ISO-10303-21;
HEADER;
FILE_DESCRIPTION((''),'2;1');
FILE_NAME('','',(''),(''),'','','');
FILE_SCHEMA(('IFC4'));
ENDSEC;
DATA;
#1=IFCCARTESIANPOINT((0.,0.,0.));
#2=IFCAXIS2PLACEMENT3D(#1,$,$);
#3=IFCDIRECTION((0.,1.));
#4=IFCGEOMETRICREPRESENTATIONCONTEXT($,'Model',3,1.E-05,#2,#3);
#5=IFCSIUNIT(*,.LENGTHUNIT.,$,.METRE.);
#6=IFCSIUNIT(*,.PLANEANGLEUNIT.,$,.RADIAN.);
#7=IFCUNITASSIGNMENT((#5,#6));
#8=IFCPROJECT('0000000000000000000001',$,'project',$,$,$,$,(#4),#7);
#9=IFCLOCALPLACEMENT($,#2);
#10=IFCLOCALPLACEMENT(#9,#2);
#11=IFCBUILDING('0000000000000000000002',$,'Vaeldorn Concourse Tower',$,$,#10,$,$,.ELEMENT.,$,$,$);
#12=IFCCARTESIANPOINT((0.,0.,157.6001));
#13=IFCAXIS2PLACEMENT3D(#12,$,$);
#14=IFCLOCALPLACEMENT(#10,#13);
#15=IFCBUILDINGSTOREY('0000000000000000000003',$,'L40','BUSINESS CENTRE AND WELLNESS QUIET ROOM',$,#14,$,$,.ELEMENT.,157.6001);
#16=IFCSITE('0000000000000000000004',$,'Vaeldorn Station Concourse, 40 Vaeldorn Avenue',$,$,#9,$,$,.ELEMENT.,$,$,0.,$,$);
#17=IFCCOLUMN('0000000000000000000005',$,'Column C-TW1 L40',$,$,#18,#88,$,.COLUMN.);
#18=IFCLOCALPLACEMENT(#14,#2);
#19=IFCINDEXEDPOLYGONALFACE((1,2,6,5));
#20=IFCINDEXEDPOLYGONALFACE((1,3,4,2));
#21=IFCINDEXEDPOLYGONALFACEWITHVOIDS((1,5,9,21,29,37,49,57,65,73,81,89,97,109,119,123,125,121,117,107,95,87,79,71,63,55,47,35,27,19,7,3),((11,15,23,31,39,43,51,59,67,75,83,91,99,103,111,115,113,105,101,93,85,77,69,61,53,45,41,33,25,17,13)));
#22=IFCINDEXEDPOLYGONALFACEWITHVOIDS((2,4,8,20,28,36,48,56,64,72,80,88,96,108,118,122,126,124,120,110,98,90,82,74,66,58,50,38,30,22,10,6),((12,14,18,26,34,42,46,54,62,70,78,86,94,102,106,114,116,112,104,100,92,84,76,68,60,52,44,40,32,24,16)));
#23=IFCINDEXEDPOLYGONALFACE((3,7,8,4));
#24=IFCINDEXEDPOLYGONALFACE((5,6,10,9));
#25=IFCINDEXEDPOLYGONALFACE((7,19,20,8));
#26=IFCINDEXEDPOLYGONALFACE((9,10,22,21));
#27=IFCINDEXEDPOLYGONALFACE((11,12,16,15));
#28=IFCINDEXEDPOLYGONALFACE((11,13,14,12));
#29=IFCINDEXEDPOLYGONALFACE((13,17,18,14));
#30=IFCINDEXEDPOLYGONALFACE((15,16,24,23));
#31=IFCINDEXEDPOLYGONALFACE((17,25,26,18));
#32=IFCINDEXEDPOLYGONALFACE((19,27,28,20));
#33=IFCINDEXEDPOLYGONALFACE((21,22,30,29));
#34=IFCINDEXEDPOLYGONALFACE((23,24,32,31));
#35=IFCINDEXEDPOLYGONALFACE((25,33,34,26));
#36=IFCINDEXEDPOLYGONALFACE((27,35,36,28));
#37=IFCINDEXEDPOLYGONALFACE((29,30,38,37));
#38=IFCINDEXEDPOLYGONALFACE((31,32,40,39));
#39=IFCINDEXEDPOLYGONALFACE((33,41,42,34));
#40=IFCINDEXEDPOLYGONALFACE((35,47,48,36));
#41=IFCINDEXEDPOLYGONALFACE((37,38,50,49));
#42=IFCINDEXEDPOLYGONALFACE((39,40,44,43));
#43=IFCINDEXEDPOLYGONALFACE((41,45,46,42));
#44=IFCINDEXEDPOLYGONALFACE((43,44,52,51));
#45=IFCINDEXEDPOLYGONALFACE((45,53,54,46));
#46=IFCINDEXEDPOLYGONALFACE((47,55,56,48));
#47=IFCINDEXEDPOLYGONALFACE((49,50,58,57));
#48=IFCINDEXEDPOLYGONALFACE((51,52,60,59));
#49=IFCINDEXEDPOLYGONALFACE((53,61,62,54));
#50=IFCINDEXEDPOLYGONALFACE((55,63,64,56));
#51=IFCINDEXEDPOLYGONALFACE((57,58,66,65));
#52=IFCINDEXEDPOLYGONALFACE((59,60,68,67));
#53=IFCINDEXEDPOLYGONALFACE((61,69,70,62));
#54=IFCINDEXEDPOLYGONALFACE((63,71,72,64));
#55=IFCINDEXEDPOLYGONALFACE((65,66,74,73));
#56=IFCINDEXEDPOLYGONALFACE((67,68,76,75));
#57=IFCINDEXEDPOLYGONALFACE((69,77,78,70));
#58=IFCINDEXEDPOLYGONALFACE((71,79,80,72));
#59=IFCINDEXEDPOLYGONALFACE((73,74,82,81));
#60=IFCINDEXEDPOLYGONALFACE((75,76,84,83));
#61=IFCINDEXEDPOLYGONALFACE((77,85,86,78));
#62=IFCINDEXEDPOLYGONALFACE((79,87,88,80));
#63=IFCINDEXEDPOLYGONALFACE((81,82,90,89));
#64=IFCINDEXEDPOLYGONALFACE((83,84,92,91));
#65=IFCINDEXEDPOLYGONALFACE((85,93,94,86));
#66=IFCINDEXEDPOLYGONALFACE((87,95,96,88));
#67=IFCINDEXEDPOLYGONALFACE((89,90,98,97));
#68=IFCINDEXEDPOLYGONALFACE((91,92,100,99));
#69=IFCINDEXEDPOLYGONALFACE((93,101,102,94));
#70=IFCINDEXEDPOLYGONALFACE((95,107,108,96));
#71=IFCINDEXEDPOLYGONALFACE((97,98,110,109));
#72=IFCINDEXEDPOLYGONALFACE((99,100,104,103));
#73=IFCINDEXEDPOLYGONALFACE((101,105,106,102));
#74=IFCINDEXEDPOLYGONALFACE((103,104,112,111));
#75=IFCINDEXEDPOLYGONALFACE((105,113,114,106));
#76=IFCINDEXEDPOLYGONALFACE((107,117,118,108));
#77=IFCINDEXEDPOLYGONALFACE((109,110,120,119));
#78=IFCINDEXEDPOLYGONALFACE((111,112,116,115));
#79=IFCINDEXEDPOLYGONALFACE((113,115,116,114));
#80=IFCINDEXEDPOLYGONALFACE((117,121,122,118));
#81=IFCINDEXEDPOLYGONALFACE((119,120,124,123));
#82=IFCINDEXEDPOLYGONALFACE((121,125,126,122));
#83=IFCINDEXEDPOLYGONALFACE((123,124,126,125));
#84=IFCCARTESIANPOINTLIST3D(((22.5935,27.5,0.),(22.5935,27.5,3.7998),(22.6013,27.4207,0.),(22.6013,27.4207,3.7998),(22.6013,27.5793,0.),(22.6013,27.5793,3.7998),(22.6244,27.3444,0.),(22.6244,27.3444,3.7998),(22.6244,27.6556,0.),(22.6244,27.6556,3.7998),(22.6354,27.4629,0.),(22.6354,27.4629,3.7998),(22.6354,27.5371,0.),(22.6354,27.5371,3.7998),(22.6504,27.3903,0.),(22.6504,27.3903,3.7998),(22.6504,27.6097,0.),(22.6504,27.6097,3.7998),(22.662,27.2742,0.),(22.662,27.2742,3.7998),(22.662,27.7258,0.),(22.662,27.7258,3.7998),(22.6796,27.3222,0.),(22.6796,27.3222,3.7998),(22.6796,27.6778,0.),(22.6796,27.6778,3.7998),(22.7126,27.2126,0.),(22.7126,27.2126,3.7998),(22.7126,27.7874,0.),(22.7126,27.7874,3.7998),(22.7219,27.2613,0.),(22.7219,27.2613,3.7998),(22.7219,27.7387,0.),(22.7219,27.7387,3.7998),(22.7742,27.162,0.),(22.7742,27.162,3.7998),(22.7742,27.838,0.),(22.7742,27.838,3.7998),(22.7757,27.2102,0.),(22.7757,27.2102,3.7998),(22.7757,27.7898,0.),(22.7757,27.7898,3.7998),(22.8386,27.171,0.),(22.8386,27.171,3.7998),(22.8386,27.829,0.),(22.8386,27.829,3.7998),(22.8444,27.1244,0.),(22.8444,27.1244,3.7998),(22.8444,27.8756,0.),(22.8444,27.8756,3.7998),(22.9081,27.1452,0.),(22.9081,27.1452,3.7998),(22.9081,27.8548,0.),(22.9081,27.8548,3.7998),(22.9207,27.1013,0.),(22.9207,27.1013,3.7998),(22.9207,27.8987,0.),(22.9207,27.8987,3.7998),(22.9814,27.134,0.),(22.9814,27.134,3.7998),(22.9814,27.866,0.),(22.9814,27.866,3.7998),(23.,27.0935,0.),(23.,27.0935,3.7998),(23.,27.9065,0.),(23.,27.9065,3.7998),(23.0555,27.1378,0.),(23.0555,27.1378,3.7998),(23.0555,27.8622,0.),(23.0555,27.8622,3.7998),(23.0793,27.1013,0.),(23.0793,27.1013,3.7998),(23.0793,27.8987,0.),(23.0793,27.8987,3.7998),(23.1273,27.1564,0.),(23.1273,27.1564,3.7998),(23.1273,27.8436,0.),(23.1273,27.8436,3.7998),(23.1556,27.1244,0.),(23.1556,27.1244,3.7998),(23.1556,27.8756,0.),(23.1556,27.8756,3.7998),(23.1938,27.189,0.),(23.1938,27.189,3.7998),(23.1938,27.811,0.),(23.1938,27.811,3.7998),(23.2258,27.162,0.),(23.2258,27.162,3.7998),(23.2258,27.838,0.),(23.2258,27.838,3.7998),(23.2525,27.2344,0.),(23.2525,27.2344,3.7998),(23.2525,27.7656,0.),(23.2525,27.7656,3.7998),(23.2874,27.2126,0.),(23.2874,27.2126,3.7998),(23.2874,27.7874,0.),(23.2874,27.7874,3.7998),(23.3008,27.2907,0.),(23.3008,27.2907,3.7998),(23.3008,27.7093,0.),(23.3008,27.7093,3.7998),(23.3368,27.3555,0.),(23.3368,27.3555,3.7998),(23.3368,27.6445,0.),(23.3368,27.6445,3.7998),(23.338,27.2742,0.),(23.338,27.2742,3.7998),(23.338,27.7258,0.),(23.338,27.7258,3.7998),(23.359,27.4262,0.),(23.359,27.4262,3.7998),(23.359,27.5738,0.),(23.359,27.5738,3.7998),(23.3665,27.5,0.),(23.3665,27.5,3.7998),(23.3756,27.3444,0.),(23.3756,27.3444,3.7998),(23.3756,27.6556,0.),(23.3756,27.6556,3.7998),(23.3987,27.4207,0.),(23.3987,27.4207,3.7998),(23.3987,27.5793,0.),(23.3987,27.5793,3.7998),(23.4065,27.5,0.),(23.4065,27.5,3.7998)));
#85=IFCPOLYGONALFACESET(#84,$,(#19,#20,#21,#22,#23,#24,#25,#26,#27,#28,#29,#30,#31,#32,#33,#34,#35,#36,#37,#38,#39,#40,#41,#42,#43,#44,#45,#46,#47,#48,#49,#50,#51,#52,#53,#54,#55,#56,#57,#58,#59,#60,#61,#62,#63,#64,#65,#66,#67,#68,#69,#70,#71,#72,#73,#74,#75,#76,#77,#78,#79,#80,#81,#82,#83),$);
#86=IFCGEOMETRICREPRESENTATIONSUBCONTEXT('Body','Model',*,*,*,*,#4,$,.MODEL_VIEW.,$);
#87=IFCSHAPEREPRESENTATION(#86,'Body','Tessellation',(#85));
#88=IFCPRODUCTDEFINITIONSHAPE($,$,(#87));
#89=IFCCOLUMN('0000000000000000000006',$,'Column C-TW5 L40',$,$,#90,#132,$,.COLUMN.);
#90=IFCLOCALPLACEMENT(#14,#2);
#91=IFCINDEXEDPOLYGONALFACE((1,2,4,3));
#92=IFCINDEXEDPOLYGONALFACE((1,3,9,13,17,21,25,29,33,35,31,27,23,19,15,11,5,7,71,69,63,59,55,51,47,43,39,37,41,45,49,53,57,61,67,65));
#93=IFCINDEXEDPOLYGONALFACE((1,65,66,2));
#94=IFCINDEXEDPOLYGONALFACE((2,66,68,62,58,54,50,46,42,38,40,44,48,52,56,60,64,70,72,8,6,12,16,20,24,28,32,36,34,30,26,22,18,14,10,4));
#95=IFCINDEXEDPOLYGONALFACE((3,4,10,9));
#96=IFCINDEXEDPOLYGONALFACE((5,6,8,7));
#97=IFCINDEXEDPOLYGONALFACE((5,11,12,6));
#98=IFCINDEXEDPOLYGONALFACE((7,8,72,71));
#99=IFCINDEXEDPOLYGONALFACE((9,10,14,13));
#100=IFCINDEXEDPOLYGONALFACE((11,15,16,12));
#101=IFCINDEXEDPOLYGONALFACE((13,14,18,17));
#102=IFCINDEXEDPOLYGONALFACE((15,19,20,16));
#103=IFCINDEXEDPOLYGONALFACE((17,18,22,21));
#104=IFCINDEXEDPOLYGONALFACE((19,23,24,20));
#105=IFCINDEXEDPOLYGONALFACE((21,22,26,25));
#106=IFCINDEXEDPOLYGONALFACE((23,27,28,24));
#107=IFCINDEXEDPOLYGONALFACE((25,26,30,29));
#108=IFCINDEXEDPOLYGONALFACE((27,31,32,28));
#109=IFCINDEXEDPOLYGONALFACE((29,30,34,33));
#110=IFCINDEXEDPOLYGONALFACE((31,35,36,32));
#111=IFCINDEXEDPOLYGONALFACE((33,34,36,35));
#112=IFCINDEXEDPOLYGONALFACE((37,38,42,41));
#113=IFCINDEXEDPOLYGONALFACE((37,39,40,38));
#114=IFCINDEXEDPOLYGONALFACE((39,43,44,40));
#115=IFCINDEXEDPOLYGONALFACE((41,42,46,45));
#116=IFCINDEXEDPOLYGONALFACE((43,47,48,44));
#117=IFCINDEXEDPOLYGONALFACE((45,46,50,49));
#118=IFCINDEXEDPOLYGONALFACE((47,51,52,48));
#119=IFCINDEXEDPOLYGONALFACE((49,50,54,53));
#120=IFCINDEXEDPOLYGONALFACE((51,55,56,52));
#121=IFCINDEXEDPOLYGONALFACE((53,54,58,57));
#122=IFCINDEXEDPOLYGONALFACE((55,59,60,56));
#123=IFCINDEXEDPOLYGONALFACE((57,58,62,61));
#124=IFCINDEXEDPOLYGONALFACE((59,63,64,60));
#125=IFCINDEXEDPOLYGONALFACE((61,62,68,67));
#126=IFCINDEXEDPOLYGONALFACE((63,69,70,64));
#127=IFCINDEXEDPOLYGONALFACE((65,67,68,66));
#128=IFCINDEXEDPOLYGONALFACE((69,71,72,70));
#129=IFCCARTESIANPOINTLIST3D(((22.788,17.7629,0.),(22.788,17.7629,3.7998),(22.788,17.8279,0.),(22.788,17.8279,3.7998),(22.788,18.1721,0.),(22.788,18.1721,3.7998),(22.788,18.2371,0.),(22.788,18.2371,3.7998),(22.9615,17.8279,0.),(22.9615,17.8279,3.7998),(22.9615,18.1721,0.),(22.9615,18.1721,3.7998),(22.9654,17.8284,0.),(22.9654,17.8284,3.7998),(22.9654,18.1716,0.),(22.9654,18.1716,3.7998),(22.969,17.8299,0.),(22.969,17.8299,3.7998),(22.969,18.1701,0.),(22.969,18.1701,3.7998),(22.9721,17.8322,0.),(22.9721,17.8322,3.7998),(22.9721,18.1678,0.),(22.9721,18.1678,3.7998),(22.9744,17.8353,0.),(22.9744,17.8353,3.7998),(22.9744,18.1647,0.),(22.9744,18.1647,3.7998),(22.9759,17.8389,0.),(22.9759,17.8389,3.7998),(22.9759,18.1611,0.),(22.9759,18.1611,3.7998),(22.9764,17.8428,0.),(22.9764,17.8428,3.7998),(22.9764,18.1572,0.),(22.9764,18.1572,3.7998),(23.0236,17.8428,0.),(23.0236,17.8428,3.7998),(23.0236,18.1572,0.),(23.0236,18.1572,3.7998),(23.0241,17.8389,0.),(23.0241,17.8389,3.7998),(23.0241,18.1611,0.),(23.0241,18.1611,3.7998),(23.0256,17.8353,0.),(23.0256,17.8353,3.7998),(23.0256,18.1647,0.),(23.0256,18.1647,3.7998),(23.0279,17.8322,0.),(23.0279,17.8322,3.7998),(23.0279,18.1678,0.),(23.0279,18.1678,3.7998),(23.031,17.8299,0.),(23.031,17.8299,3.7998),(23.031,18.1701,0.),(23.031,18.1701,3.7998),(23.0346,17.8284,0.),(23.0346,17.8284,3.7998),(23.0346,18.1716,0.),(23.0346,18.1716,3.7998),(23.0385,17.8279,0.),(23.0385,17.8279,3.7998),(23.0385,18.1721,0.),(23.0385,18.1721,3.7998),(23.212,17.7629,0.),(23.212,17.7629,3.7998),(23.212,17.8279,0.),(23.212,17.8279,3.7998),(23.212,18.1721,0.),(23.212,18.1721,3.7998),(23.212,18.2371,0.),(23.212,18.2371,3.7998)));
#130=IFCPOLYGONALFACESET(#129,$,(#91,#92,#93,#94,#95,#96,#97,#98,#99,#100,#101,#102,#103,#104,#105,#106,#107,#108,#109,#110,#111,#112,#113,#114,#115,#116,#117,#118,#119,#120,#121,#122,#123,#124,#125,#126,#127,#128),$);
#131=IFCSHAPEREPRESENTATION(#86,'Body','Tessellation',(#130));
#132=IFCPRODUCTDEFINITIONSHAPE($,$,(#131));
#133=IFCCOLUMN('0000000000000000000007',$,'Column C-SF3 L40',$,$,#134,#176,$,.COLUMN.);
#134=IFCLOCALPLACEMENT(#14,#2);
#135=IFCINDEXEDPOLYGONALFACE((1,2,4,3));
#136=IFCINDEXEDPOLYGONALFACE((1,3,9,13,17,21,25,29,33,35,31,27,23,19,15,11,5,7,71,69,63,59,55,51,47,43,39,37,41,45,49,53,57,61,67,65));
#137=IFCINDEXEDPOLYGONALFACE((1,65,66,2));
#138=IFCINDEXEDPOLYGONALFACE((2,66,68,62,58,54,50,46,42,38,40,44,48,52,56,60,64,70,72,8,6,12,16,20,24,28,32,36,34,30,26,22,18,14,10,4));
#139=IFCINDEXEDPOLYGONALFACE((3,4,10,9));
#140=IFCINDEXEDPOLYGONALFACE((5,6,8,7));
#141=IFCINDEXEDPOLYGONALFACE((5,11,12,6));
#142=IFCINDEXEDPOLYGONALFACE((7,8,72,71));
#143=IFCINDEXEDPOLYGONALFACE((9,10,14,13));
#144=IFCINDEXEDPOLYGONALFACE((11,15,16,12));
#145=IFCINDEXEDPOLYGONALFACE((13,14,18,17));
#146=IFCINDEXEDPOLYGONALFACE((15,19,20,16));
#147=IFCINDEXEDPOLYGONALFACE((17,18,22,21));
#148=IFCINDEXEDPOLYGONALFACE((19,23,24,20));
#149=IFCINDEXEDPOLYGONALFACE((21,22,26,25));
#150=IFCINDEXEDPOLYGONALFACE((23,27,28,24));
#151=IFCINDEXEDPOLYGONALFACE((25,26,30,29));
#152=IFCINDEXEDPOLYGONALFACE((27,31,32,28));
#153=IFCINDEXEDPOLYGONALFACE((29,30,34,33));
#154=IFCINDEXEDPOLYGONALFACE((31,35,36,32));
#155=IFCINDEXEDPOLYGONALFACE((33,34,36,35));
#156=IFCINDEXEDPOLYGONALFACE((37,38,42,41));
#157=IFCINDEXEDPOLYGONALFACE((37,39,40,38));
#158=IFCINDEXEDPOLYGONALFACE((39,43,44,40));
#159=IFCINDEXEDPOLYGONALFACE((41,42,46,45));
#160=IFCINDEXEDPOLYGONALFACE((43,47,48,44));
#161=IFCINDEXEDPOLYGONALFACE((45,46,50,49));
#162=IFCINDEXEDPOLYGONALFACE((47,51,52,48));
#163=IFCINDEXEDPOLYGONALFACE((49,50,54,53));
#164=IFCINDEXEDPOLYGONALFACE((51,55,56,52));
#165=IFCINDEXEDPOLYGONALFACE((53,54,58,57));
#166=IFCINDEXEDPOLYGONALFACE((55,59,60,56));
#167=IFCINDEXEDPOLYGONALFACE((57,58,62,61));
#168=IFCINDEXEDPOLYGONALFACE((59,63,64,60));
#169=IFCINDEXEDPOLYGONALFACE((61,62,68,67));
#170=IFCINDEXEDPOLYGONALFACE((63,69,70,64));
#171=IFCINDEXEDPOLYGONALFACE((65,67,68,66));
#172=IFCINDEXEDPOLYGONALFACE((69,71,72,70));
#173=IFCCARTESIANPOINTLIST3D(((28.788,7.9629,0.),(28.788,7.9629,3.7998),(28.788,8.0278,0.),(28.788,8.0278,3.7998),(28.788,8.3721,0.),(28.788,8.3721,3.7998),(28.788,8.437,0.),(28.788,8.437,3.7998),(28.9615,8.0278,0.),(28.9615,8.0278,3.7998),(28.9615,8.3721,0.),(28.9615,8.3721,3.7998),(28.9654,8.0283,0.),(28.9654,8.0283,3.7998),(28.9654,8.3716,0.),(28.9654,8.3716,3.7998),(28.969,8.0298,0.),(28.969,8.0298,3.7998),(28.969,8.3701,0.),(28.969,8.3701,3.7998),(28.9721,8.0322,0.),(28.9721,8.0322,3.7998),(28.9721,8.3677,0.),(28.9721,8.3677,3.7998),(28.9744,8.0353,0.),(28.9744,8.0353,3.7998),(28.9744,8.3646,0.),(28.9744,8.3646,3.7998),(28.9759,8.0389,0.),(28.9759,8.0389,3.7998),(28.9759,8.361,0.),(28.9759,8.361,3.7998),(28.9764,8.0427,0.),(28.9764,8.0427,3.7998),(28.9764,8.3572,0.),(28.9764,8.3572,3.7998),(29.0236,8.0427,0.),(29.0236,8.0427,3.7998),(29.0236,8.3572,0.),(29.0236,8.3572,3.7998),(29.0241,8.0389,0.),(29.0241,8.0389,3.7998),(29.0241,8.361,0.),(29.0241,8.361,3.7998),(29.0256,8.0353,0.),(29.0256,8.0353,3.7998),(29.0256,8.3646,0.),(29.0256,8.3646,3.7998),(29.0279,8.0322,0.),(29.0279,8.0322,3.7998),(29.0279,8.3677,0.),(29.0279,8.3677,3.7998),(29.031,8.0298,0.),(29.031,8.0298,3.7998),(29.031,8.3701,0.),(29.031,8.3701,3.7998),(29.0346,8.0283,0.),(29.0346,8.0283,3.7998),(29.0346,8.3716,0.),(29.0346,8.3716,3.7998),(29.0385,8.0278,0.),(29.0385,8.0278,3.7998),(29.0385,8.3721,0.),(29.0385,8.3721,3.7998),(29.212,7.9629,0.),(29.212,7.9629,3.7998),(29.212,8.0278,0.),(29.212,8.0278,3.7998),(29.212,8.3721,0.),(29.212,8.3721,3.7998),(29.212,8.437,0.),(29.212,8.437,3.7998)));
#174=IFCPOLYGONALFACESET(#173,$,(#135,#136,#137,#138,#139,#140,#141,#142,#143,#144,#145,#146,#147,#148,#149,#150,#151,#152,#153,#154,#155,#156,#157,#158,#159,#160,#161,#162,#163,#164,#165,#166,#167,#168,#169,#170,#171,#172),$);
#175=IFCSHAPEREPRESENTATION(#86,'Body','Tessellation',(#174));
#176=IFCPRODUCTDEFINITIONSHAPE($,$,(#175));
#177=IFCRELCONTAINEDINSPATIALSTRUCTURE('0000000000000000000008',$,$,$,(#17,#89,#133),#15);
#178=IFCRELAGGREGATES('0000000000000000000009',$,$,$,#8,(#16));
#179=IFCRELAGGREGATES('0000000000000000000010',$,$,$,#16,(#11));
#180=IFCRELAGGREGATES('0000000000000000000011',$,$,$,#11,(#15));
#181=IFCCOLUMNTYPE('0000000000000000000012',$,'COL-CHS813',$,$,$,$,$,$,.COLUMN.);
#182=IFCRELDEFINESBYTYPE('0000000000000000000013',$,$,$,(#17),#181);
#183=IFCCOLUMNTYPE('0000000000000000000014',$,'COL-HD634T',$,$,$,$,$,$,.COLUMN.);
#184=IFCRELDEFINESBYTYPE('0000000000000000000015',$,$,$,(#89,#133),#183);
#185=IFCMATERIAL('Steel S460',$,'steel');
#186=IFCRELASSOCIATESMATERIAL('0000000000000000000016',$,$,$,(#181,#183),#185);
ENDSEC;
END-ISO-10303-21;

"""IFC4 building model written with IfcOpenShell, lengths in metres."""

from ifc_helpers import new_model, si_unit, direction, frame, origin, origin_2d, place, context, subcontext, project, spatial, hollow_circle, i_section, extrude, source, transform, mapped, material, material_profile, profile_set, type_object, element, save


model = new_model("IFC4")

# Units and contexts
model_context = context("Model", 3, precision=1e-05, world=origin(), true_north=direction((0.0, 1.0)))
body_context = subcontext(model_context, "Body", "Model", "MODEL_VIEW")
ifc_project = project(units=[si_unit("LENGTHUNIT", "METRE"), si_unit("PLANEANGLEUNIT", "RADIAN")], contexts=[model_context])

# Site, building, storey
site_placement = place(None, origin())
site = spatial("IfcSite", under=ifc_project, at=site_placement, Name="Vaeldorn Station Concourse, 40 Vaeldorn Avenue", CompositionType="ELEMENT", RefElevation=0.0)
building_placement = place(site_placement, origin())
building = spatial("IfcBuilding", under=site, at=building_placement, Name="Vaeldorn Concourse Tower", CompositionType="ELEMENT")
storey_placement = place(building_placement, frame((0.0, 0.0, 157.6001)))
storey = spatial("IfcBuildingStorey", under=building, at=storey_placement, Name="L40", Description="BUSINESS CENTRE AND WELLNESS QUIET ROOM", CompositionType="ELEMENT", Elevation=157.6001)

# Columns
ifc_material_1 = material(Name="Steel S460", Category="steel")
ifc_material_profile_1 = material_profile(ifc_material_1, hollow_circle(Radius=0.4065, WallThickness=0.04, at=origin_2d()), Name="CHS 813x40")
ifc_profile_set_1 = profile_set([ifc_material_profile_1], Name="Steel S460")
column_type_1 = type_object("IfcColumnType", Name="COL-CHS813", PredefinedType="COLUMN", material=ifc_profile_set_1)
shared_shape_1 = source(origin(), body_context, "Body", "SweptSolid", [
    extrude(hollow_circle(Radius=0.4065, WallThickness=0.04, at=origin_2d()), origin(), (0.0, 0.0, 1.0), 3.7998),
])
column_placement = place(storey_placement, frame((23.0, 27.5, 0.0), z_axis=(0.0, 0.0, 1.0), x_axis=(1.0, 0.0, 0.0)))
element("IfcColumn", 1, at=column_placement, inside=storey, type_object=column_type_1, Name="Column C-TW1 L40", PredefinedType="COLUMN", context=body_context, shape_type="MappedRepresentation", body=[
    mapped(shared_shape_1, transform((0.0, 0.0, 0.0), scale=1.0)),
])
ifc_material_profile_2 = material_profile(ifc_material_1, i_section(OverallWidth=0.4241, OverallDepth=0.4741, WebThickness=0.0471, FlangeThickness=0.0649, FilletRadius=0.0149, at=origin_2d()), Name="HD 400x634")
ifc_profile_set_2 = profile_set([ifc_material_profile_2], Name="Steel S460")
column_type_2 = type_object("IfcColumnType", Name="COL-HD634T", PredefinedType="COLUMN", material=ifc_profile_set_2)
shared_shape_2 = source(origin(), body_context, "Body", "SweptSolid", [
    extrude(i_section(OverallWidth=0.4241, OverallDepth=0.4741, WebThickness=0.0471, FlangeThickness=0.0649, FilletRadius=0.0149, at=origin_2d()), origin(), (0.0, 0.0, 1.0), 3.7998),
])
for number, where, z_axis, x_axis, name in (
    (2, (23.0, 18.0, 0.0), (0.0, 0.0, 1.0), (1.0, 0.0, 0.0), "Column C-TW5 L40"),
    (3, (29.0, 8.2, 0.0), (0.0, 0.0, 1.0), (1.0, 0.0, 0.0), "Column C-SF3 L40"),
):
    element("IfcColumn", number, at=place(storey_placement, frame(where, z_axis=z_axis, x_axis=x_axis)), inside=storey, type_object=column_type_2, Name=name, PredefinedType="COLUMN", context=body_context, shape_type="MappedRepresentation", body=[
        mapped(shared_shape_2, transform((0.0, 0.0, 0.0), scale=1.0)),
    ])

save(model, "model.ifc")
